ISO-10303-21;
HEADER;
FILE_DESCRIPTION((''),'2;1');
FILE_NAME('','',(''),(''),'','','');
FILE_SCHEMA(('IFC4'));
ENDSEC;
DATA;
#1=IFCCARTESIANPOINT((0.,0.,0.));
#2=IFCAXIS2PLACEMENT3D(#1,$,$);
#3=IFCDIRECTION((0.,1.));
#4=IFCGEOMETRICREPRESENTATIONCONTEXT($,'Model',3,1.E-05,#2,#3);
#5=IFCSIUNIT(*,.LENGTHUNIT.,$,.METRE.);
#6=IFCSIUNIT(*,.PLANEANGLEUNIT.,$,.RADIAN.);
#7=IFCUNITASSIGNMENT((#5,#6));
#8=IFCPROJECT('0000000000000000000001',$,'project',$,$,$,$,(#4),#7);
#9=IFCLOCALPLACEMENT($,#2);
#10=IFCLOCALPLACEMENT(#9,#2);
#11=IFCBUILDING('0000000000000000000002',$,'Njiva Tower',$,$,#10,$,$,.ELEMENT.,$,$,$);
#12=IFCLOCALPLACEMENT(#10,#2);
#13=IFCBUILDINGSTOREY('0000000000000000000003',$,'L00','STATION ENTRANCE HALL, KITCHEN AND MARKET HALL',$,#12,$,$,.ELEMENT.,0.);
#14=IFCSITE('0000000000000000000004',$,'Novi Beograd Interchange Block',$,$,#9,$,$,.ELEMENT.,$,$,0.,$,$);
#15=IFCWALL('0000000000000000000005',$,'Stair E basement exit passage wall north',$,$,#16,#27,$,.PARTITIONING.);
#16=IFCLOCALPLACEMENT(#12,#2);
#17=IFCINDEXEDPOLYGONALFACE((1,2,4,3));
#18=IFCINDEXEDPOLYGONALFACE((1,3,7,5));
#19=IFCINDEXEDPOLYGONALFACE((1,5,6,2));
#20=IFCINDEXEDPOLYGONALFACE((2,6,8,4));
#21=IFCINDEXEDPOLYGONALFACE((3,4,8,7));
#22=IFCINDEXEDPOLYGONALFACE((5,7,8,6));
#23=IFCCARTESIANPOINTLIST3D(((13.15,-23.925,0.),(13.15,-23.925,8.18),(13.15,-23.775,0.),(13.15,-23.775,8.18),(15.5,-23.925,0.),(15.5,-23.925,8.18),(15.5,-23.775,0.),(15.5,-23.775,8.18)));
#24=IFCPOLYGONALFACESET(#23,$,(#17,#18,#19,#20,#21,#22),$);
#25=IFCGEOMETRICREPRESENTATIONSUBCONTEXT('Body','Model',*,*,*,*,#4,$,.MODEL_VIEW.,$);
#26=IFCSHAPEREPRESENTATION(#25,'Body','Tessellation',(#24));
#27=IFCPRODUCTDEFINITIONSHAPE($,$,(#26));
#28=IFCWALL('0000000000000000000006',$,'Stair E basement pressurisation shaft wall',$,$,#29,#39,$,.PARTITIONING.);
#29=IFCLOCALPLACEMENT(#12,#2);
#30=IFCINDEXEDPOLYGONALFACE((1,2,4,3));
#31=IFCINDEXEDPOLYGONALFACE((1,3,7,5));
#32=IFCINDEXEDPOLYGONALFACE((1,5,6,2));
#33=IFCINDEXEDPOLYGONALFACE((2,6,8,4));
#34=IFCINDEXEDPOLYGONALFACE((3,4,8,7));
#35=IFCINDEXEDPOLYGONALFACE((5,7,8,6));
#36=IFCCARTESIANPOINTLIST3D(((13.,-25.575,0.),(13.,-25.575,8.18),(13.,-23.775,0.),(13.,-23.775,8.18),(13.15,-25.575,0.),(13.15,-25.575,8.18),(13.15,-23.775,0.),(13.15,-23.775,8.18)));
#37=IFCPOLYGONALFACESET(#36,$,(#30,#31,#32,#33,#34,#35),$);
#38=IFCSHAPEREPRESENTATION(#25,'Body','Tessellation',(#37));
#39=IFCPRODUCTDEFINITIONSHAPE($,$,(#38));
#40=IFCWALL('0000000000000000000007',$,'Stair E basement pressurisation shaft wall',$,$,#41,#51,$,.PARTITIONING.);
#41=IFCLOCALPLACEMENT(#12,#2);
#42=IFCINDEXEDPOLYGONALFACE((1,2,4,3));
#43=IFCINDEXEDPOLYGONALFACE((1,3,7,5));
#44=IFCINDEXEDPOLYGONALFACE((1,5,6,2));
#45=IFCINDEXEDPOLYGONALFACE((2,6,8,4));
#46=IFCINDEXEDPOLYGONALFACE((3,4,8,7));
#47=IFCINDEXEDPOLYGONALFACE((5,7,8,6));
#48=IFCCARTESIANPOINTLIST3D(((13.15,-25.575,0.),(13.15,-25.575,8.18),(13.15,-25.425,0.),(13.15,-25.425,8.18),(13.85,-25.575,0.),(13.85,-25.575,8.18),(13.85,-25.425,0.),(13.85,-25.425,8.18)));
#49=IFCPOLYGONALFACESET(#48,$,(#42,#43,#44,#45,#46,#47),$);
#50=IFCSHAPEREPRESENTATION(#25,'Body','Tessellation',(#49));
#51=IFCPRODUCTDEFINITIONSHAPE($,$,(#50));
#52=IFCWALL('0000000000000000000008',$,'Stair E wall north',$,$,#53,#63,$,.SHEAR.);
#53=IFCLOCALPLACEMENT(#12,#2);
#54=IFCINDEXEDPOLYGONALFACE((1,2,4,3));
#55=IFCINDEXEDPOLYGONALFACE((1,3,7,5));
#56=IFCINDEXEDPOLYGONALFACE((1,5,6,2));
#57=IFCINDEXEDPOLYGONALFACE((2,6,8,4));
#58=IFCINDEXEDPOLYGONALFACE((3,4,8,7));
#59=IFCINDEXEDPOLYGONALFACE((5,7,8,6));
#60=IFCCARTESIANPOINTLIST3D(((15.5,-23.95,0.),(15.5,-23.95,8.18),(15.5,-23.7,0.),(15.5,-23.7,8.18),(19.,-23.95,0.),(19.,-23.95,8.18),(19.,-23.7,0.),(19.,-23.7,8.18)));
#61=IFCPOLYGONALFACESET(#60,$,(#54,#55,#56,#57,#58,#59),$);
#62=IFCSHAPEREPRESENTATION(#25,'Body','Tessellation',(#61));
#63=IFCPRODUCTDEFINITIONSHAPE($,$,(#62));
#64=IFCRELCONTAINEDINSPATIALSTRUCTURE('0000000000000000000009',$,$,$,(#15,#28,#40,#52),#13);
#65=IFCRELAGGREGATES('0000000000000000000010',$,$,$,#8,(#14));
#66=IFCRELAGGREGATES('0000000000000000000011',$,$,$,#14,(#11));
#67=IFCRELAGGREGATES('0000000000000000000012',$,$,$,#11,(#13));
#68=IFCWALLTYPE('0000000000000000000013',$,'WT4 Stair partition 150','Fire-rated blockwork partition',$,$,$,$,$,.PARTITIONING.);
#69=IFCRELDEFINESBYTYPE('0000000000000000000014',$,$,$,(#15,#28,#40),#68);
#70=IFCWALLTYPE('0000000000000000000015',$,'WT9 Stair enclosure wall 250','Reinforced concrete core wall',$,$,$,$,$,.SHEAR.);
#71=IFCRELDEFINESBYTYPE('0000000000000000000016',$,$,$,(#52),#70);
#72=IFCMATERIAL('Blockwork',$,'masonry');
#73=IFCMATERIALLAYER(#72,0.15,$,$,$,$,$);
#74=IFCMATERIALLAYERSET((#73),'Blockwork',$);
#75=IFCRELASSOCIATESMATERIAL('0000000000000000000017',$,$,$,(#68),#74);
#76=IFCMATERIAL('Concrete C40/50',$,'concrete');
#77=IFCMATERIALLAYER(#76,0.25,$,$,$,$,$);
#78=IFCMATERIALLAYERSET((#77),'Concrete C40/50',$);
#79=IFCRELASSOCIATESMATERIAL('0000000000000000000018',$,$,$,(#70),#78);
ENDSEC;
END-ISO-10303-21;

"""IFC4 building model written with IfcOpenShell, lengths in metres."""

from ifc_helpers import new_model, si_unit, direction, frame, frame_2d, origin, place, context, subcontext, project, spatial, rectangle, extrude, material, layer, layer_set, type_object, element, save


model = new_model("IFC4")

# Units and contexts
model_context = context("Model", 3, precision=1e-05, world=origin(), true_north=direction((0.0, 1.0)))
body_context = subcontext(model_context, "Body", "Model", "MODEL_VIEW")
ifc_project = project(units=[si_unit("LENGTHUNIT", "METRE"), si_unit("PLANEANGLEUNIT", "RADIAN")], contexts=[model_context])

# Site, building, storey
site_placement = place(None, origin())
site = spatial("IfcSite", under=ifc_project, at=site_placement, Name="Novi Beograd Interchange Block", CompositionType="ELEMENT", RefElevation=0.0)
building_placement = place(site_placement, origin())
building = spatial("IfcBuilding", under=site, at=building_placement, Name="Njiva Tower", CompositionType="ELEMENT")
storey_placement = place(building_placement, origin())
storey = spatial("IfcBuildingStorey", under=building, at=storey_placement, Name="L00", Description="STATION ENTRANCE HALL, KITCHEN AND MARKET HALL", CompositionType="ELEMENT", Elevation=0.0)

# Walls
ifc_material_1 = material(Name="Blockwork", Category="masonry")
ifc_layer_1 = layer(ifc_material_1, 0.15)
ifc_layer_set_1 = layer_set([ifc_layer_1], Name="Blockwork")
wall_type_1 = type_object("IfcWallType", Name="WT4 Stair partition 150", Description="Fire-rated blockwork partition", PredefinedType="PARTITIONING", material=ifc_layer_set_1)
wall_1_placement = place(storey_placement, frame((15.5, -23.85, 0.0), z_axis=(0.0, 0.0, 1.0), x_axis=(-1.0, 0.0, 0.0)))
element("IfcWall", 1, at=wall_1_placement, inside=storey, type_object=wall_type_1, Name="Stair E basement exit passage wall north", PredefinedType="PARTITIONING", context=body_context, shape_type="SweptSolid", body=[
    extrude(rectangle(XDim=2.35, YDim=0.15, at=frame_2d((1.175, 0.0))), origin(), (0.0, 0.0, 1.0), 8.18),
])
wall_2_placement = place(storey_placement, frame((13.075, -25.575, 0.0), z_axis=(0.0, 0.0, 1.0), x_axis=(0.0, 1.0, 0.0)))
element("IfcWall", 2, at=wall_2_placement, inside=storey, type_object=wall_type_1, Name="Stair E basement pressurisation shaft wall", PredefinedType="PARTITIONING", context=body_context, shape_type="SweptSolid", body=[
    extrude(rectangle(XDim=1.8, YDim=0.15, at=frame_2d((0.9, 0.0))), origin(), (0.0, 0.0, 1.0), 8.18),
])
wall_3_placement = place(storey_placement, frame((13.85, -25.5, 0.0), z_axis=(0.0, 0.0, 1.0), x_axis=(-1.0, 0.0, 0.0)))
element("IfcWall", 3, at=wall_3_placement, inside=storey, type_object=wall_type_1, Name="Stair E basement pressurisation shaft wall", PredefinedType="PARTITIONING", context=body_context, shape_type="SweptSolid", body=[
    extrude(rectangle(XDim=0.7, YDim=0.15, at=frame_2d((0.35, 0.0))), origin(), (0.0, 0.0, 1.0), 8.18),
])
ifc_material_2 = material(Name="Concrete C40/50", Category="concrete")
ifc_layer_2 = layer(ifc_material_2, 0.25)
ifc_layer_set_2 = layer_set([ifc_layer_2], Name="Concrete C40/50")
wall_type_2 = type_object("IfcWallType", Name="WT9 Stair enclosure wall 250", Description="Reinforced concrete core wall", PredefinedType="SHEAR", material=ifc_layer_set_2)
wall_4_placement = place(storey_placement, frame((15.5, -23.825, 0.0), z_axis=(0.0, 0.0, 1.0), x_axis=(1.0, 0.0, 0.0)))
element("IfcWall", 4, at=wall_4_placement, inside=storey, type_object=wall_type_2, Name="Stair E wall north", PredefinedType="SHEAR", context=body_context, shape_type="SweptSolid", body=[
    extrude(rectangle(XDim=3.5, YDim=0.25, at=frame_2d((1.75, 0.0))), origin(), (0.0, 0.0, 1.0), 8.18),
])

save(model, "model.ifc")
